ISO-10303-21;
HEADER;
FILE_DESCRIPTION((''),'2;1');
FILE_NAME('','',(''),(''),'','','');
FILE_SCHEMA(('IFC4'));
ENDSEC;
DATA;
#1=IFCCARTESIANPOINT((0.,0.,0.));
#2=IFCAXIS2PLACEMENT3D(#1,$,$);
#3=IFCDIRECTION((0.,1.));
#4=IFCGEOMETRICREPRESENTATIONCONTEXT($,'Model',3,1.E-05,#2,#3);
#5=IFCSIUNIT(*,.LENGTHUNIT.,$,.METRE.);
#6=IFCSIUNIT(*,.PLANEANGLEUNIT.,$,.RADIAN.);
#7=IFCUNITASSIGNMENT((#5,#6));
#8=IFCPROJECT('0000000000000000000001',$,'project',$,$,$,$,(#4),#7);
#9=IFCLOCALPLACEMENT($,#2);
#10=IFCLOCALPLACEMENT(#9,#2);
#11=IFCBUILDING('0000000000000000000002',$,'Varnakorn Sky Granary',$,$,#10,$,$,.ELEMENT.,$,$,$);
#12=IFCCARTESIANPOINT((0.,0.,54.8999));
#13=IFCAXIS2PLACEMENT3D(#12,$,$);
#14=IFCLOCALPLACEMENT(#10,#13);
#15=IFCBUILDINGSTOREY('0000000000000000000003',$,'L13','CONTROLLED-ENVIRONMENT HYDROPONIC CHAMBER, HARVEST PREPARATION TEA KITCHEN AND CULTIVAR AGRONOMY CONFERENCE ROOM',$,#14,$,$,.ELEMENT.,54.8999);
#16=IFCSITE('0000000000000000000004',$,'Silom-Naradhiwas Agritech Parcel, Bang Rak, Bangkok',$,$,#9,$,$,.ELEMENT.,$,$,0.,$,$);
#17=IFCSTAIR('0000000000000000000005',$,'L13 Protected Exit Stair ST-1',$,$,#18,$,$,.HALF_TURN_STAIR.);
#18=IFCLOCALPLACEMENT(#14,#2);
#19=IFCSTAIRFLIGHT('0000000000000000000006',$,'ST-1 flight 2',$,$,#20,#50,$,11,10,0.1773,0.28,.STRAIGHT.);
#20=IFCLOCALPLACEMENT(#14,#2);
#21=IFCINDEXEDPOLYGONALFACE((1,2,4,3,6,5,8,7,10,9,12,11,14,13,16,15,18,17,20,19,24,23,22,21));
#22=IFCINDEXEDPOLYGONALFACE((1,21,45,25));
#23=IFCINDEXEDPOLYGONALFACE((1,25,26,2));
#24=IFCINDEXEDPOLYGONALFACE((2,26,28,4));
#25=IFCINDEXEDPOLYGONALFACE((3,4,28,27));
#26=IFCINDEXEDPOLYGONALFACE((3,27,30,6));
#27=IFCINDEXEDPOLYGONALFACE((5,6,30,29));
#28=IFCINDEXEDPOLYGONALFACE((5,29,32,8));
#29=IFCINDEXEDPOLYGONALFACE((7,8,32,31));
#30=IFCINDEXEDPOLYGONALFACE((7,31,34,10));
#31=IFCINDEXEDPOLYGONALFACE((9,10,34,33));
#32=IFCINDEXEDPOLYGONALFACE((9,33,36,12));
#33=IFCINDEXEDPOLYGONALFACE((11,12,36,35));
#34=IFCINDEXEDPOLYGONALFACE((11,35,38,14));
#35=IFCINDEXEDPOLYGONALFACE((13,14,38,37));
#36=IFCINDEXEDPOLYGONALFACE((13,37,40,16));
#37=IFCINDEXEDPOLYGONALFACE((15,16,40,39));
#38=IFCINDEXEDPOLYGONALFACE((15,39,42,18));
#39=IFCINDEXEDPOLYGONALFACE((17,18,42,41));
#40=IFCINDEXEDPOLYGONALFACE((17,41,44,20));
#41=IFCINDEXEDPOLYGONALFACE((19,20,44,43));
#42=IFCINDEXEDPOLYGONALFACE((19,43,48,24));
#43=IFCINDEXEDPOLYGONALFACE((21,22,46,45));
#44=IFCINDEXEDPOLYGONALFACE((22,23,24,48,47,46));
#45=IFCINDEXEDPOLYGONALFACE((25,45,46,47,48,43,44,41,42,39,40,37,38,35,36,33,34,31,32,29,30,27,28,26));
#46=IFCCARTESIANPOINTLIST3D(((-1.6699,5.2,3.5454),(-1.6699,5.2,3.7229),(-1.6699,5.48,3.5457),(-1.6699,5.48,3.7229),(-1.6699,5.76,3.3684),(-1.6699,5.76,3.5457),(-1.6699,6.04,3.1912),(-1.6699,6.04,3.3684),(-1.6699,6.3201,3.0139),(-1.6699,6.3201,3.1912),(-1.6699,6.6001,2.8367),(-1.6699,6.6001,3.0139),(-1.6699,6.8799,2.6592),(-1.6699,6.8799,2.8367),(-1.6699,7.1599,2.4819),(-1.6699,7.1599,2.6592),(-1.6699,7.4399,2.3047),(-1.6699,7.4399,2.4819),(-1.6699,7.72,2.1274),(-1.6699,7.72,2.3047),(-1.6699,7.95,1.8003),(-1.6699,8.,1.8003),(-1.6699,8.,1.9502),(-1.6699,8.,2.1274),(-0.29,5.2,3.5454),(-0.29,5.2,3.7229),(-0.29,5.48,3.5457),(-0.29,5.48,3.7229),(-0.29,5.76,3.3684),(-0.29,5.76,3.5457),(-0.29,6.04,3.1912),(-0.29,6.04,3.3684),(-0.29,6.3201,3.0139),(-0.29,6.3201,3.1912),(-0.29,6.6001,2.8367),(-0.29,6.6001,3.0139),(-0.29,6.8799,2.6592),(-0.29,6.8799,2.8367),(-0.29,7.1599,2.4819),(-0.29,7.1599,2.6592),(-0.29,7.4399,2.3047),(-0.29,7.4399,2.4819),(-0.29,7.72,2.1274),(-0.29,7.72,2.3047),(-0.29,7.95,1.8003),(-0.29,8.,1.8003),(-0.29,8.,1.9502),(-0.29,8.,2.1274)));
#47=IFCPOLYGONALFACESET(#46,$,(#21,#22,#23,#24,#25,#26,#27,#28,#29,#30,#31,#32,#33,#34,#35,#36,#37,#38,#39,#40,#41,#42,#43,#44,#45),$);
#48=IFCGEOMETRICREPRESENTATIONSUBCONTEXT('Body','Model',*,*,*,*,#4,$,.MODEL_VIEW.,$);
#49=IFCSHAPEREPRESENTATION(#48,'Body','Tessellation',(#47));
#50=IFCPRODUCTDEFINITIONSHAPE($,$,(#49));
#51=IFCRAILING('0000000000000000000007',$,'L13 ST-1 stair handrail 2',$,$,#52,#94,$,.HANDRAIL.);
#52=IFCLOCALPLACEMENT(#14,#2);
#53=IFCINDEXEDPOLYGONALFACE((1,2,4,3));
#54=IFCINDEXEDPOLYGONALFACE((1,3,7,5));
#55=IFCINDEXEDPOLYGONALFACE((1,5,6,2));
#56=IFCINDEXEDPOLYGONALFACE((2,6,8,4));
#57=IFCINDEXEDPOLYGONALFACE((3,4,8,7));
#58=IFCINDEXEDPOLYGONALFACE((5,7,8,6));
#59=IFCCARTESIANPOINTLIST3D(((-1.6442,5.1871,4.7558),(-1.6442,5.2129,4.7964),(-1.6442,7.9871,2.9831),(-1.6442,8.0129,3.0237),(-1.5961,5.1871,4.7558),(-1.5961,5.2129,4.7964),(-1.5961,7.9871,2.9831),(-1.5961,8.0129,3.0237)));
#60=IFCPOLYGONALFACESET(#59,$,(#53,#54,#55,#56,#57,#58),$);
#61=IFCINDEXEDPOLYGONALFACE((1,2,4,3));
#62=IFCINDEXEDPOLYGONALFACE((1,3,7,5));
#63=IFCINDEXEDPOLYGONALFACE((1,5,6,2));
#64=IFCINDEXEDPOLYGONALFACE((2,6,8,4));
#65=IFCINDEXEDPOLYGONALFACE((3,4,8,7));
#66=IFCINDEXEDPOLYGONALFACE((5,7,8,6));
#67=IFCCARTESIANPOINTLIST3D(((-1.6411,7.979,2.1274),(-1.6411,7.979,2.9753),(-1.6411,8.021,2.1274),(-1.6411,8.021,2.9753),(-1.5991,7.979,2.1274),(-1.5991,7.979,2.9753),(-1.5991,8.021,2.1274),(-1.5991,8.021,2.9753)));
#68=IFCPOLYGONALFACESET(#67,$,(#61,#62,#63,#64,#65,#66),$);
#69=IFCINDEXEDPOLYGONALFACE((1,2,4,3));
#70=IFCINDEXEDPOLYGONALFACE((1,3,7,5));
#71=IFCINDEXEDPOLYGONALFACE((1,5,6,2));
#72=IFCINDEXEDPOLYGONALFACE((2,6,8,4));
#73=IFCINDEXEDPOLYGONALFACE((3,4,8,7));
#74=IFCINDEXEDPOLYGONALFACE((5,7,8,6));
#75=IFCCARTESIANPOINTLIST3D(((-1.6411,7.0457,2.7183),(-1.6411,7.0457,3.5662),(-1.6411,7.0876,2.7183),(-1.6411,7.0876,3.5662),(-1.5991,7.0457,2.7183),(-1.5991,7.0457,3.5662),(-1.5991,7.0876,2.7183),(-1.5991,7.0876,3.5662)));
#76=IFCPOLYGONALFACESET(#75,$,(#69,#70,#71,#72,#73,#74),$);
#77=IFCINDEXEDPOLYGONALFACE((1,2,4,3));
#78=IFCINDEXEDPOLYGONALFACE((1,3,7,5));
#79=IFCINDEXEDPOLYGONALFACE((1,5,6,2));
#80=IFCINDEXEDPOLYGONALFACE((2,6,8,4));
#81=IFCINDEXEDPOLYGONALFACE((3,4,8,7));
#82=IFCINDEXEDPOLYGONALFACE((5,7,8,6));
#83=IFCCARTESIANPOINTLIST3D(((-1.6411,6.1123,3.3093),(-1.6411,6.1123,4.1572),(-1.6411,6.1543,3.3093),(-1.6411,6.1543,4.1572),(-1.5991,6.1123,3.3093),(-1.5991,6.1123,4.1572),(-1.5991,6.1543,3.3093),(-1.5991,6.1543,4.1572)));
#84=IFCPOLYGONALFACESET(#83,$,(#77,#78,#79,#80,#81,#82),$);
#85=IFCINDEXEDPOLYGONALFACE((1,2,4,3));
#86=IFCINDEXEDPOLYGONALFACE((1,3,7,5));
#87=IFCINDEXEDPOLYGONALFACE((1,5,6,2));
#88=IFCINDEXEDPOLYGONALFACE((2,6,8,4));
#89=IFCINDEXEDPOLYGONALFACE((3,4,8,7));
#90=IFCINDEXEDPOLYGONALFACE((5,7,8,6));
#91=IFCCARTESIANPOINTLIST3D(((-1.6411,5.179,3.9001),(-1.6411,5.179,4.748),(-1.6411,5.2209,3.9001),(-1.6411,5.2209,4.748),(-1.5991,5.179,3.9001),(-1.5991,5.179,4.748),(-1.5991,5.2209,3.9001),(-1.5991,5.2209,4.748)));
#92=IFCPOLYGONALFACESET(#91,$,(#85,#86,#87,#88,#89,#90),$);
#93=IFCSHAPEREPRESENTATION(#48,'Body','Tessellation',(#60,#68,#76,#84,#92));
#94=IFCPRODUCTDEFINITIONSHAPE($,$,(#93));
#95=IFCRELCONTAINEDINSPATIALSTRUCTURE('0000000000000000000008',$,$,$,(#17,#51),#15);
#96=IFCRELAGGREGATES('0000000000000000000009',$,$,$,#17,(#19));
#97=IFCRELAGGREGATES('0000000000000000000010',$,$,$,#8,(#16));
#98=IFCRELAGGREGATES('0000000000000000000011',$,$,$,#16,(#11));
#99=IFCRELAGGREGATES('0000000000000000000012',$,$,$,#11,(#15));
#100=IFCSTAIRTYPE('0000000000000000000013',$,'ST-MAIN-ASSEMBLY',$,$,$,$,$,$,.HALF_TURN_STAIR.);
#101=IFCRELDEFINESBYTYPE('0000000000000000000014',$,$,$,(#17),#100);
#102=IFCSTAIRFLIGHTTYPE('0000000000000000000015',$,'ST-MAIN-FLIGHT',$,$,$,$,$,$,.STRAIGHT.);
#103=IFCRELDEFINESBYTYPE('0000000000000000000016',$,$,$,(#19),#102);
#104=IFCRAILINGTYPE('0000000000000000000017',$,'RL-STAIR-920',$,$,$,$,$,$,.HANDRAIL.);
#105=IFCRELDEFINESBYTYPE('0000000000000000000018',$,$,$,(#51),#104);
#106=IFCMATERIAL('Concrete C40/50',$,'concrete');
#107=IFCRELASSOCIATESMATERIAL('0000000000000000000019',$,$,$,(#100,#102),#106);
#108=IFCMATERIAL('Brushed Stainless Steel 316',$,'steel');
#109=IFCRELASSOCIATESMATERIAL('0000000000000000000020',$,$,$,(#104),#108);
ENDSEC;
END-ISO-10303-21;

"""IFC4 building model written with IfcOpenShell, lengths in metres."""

from ifc_helpers import new_model, si_unit, direction, frame, origin, origin_2d, place, context, subcontext, project, spatial, polyline, rectangle, outline, extrude, material, type_object, element, aggregate, save


model = new_model("IFC4")

# Units and contexts
model_context = context("Model", 3, precision=1e-05, world=origin(), true_north=direction((0.0, 1.0)))
body_context = subcontext(model_context, "Body", "Model", "MODEL_VIEW")
ifc_project = project(units=[si_unit("LENGTHUNIT", "METRE"), si_unit("PLANEANGLEUNIT", "RADIAN")], contexts=[model_context])

# Site, building, storey
site_placement = place(None, origin())
site = spatial("IfcSite", under=ifc_project, at=site_placement, Name="Silom-Naradhiwas Agritech Parcel, Bang Rak, Bangkok", CompositionType="ELEMENT", RefElevation=0.0)
building_placement = place(site_placement, origin())
building = spatial("IfcBuilding", under=site, at=building_placement, Name="Varnakorn Sky Granary", CompositionType="ELEMENT")
storey_placement = place(building_placement, frame((0.0, 0.0, 54.8999)))
storey = spatial("IfcBuildingStorey", under=building, at=storey_placement, Name="L13", Description="CONTROLLED-ENVIRONMENT HYDROPONIC CHAMBER, HARVEST PREPARATION TEA KITCHEN AND CULTIVAR AGRONOMY CONFERENCE ROOM", CompositionType="ELEMENT", Elevation=54.8999)

# Stair, stair flight
ifc_material_1 = material(Name="Concrete C40/50", Category="concrete")
stair_type = type_object("IfcStairType", Name="ST-MAIN-ASSEMBLY", PredefinedType="HALF_TURN_STAIR", material=ifc_material_1)
stair_placement = place(storey_placement, origin())
stair = element("IfcStair", 1, at=stair_placement, inside=storey, type_object=stair_type, Name="L13 Protected Exit Stair ST-1", PredefinedType="HALF_TURN_STAIR")
stair_flight_type = type_object("IfcStairFlightType", Name="ST-MAIN-FLIGHT", PredefinedType="STRAIGHT", material=ifc_material_1)
stair_flight_placement = place(storey_placement, frame((-0.98, 8.0, 1.9502), z_axis=(0.0, 0.0, 1.0), x_axis=(0.0, -1.0, 0.0)))
stair_flight = element("IfcStairFlight", 2, at=stair_flight_placement, type_object=stair_flight_type, Name="ST-1 flight 2", NumberOfRisers=11, NumberOfTreads=10, PredefinedType="STRAIGHT", RiserHeight=0.1773, TreadLength=0.28, context=body_context, shape_type="SweptSolid", body=[
    extrude(outline(polyline([(0.0, -0.1499), (0.0, 0.0), (0.0, 0.1772), (0.28, 0.1772), (0.28, 0.3545), (0.5601, 0.3545), (0.5601, 0.5317), (0.8401, 0.5317), (0.8401, 0.709), (1.1201, 0.709), (1.1201, 0.8865), (1.3999, 0.8865), (1.3999, 1.0637), (1.6799, 1.0637), (1.6799, 1.241), (1.96, 1.241), (1.96, 1.4182), (2.24, 1.4182), (2.24, 1.5955), (2.52, 1.5955), (2.52, 1.7727), (2.8, 1.7727), (2.8, 1.95), (2.8, 1.5952), (0.05, -0.1499), (0.0, -0.1499)])), frame((0.0, 0.6899, 0.0), z_axis=(0.0, -1.0, 0.0), x_axis=(1.0, 0.0, 0.0)), (0.0, 0.0, 1.0), 1.3799),
])
aggregate(stair, [stair_flight])

# Railing
ifc_material_2 = material(Name="Brushed Stainless Steel 316", Category="steel")
railing_type = type_object("IfcRailingType", Name="RL-STAIR-920", PredefinedType="HANDRAIL", material=ifc_material_2)
railing_placement = place(storey_placement, frame((-1.6201, 8.0, 2.1274)))
element("IfcRailing", 3, at=railing_placement, inside=storey, type_object=railing_type, Name="L13 ST-1 stair handrail 2", PredefinedType="HANDRAIL", context=body_context, shape_type="SweptSolid", body=[
    extrude(rectangle(XDim=0.0481, YDim=0.0481, at=origin_2d()), frame((0.0, 0.0, 0.876), z_axis=(0.0, -0.844909, 0.53491), x_axis=(1.0, 0.0, 0.0)), (0.0, 0.0, 1.0), 3.314),
    extrude(rectangle(XDim=0.042, YDim=0.042, at=origin_2d()), origin(), (0.0, 0.0, 1.0), 0.8479),
    extrude(rectangle(XDim=0.042, YDim=0.042, at=origin_2d()), frame((0.0, -0.9333, 0.5908)), (0.0, 0.0, 1.0), 0.8479),
    extrude(rectangle(XDim=0.042, YDim=0.042, at=origin_2d()), frame((0.0, -1.8667, 1.1819)), (0.0, 0.0, 1.0), 0.8479),
    extrude(rectangle(XDim=0.042, YDim=0.042, at=origin_2d()), frame((0.0, -2.8, 1.7727)), (0.0, 0.0, 1.0), 0.8479),
])

save(model, "model.ifc")
